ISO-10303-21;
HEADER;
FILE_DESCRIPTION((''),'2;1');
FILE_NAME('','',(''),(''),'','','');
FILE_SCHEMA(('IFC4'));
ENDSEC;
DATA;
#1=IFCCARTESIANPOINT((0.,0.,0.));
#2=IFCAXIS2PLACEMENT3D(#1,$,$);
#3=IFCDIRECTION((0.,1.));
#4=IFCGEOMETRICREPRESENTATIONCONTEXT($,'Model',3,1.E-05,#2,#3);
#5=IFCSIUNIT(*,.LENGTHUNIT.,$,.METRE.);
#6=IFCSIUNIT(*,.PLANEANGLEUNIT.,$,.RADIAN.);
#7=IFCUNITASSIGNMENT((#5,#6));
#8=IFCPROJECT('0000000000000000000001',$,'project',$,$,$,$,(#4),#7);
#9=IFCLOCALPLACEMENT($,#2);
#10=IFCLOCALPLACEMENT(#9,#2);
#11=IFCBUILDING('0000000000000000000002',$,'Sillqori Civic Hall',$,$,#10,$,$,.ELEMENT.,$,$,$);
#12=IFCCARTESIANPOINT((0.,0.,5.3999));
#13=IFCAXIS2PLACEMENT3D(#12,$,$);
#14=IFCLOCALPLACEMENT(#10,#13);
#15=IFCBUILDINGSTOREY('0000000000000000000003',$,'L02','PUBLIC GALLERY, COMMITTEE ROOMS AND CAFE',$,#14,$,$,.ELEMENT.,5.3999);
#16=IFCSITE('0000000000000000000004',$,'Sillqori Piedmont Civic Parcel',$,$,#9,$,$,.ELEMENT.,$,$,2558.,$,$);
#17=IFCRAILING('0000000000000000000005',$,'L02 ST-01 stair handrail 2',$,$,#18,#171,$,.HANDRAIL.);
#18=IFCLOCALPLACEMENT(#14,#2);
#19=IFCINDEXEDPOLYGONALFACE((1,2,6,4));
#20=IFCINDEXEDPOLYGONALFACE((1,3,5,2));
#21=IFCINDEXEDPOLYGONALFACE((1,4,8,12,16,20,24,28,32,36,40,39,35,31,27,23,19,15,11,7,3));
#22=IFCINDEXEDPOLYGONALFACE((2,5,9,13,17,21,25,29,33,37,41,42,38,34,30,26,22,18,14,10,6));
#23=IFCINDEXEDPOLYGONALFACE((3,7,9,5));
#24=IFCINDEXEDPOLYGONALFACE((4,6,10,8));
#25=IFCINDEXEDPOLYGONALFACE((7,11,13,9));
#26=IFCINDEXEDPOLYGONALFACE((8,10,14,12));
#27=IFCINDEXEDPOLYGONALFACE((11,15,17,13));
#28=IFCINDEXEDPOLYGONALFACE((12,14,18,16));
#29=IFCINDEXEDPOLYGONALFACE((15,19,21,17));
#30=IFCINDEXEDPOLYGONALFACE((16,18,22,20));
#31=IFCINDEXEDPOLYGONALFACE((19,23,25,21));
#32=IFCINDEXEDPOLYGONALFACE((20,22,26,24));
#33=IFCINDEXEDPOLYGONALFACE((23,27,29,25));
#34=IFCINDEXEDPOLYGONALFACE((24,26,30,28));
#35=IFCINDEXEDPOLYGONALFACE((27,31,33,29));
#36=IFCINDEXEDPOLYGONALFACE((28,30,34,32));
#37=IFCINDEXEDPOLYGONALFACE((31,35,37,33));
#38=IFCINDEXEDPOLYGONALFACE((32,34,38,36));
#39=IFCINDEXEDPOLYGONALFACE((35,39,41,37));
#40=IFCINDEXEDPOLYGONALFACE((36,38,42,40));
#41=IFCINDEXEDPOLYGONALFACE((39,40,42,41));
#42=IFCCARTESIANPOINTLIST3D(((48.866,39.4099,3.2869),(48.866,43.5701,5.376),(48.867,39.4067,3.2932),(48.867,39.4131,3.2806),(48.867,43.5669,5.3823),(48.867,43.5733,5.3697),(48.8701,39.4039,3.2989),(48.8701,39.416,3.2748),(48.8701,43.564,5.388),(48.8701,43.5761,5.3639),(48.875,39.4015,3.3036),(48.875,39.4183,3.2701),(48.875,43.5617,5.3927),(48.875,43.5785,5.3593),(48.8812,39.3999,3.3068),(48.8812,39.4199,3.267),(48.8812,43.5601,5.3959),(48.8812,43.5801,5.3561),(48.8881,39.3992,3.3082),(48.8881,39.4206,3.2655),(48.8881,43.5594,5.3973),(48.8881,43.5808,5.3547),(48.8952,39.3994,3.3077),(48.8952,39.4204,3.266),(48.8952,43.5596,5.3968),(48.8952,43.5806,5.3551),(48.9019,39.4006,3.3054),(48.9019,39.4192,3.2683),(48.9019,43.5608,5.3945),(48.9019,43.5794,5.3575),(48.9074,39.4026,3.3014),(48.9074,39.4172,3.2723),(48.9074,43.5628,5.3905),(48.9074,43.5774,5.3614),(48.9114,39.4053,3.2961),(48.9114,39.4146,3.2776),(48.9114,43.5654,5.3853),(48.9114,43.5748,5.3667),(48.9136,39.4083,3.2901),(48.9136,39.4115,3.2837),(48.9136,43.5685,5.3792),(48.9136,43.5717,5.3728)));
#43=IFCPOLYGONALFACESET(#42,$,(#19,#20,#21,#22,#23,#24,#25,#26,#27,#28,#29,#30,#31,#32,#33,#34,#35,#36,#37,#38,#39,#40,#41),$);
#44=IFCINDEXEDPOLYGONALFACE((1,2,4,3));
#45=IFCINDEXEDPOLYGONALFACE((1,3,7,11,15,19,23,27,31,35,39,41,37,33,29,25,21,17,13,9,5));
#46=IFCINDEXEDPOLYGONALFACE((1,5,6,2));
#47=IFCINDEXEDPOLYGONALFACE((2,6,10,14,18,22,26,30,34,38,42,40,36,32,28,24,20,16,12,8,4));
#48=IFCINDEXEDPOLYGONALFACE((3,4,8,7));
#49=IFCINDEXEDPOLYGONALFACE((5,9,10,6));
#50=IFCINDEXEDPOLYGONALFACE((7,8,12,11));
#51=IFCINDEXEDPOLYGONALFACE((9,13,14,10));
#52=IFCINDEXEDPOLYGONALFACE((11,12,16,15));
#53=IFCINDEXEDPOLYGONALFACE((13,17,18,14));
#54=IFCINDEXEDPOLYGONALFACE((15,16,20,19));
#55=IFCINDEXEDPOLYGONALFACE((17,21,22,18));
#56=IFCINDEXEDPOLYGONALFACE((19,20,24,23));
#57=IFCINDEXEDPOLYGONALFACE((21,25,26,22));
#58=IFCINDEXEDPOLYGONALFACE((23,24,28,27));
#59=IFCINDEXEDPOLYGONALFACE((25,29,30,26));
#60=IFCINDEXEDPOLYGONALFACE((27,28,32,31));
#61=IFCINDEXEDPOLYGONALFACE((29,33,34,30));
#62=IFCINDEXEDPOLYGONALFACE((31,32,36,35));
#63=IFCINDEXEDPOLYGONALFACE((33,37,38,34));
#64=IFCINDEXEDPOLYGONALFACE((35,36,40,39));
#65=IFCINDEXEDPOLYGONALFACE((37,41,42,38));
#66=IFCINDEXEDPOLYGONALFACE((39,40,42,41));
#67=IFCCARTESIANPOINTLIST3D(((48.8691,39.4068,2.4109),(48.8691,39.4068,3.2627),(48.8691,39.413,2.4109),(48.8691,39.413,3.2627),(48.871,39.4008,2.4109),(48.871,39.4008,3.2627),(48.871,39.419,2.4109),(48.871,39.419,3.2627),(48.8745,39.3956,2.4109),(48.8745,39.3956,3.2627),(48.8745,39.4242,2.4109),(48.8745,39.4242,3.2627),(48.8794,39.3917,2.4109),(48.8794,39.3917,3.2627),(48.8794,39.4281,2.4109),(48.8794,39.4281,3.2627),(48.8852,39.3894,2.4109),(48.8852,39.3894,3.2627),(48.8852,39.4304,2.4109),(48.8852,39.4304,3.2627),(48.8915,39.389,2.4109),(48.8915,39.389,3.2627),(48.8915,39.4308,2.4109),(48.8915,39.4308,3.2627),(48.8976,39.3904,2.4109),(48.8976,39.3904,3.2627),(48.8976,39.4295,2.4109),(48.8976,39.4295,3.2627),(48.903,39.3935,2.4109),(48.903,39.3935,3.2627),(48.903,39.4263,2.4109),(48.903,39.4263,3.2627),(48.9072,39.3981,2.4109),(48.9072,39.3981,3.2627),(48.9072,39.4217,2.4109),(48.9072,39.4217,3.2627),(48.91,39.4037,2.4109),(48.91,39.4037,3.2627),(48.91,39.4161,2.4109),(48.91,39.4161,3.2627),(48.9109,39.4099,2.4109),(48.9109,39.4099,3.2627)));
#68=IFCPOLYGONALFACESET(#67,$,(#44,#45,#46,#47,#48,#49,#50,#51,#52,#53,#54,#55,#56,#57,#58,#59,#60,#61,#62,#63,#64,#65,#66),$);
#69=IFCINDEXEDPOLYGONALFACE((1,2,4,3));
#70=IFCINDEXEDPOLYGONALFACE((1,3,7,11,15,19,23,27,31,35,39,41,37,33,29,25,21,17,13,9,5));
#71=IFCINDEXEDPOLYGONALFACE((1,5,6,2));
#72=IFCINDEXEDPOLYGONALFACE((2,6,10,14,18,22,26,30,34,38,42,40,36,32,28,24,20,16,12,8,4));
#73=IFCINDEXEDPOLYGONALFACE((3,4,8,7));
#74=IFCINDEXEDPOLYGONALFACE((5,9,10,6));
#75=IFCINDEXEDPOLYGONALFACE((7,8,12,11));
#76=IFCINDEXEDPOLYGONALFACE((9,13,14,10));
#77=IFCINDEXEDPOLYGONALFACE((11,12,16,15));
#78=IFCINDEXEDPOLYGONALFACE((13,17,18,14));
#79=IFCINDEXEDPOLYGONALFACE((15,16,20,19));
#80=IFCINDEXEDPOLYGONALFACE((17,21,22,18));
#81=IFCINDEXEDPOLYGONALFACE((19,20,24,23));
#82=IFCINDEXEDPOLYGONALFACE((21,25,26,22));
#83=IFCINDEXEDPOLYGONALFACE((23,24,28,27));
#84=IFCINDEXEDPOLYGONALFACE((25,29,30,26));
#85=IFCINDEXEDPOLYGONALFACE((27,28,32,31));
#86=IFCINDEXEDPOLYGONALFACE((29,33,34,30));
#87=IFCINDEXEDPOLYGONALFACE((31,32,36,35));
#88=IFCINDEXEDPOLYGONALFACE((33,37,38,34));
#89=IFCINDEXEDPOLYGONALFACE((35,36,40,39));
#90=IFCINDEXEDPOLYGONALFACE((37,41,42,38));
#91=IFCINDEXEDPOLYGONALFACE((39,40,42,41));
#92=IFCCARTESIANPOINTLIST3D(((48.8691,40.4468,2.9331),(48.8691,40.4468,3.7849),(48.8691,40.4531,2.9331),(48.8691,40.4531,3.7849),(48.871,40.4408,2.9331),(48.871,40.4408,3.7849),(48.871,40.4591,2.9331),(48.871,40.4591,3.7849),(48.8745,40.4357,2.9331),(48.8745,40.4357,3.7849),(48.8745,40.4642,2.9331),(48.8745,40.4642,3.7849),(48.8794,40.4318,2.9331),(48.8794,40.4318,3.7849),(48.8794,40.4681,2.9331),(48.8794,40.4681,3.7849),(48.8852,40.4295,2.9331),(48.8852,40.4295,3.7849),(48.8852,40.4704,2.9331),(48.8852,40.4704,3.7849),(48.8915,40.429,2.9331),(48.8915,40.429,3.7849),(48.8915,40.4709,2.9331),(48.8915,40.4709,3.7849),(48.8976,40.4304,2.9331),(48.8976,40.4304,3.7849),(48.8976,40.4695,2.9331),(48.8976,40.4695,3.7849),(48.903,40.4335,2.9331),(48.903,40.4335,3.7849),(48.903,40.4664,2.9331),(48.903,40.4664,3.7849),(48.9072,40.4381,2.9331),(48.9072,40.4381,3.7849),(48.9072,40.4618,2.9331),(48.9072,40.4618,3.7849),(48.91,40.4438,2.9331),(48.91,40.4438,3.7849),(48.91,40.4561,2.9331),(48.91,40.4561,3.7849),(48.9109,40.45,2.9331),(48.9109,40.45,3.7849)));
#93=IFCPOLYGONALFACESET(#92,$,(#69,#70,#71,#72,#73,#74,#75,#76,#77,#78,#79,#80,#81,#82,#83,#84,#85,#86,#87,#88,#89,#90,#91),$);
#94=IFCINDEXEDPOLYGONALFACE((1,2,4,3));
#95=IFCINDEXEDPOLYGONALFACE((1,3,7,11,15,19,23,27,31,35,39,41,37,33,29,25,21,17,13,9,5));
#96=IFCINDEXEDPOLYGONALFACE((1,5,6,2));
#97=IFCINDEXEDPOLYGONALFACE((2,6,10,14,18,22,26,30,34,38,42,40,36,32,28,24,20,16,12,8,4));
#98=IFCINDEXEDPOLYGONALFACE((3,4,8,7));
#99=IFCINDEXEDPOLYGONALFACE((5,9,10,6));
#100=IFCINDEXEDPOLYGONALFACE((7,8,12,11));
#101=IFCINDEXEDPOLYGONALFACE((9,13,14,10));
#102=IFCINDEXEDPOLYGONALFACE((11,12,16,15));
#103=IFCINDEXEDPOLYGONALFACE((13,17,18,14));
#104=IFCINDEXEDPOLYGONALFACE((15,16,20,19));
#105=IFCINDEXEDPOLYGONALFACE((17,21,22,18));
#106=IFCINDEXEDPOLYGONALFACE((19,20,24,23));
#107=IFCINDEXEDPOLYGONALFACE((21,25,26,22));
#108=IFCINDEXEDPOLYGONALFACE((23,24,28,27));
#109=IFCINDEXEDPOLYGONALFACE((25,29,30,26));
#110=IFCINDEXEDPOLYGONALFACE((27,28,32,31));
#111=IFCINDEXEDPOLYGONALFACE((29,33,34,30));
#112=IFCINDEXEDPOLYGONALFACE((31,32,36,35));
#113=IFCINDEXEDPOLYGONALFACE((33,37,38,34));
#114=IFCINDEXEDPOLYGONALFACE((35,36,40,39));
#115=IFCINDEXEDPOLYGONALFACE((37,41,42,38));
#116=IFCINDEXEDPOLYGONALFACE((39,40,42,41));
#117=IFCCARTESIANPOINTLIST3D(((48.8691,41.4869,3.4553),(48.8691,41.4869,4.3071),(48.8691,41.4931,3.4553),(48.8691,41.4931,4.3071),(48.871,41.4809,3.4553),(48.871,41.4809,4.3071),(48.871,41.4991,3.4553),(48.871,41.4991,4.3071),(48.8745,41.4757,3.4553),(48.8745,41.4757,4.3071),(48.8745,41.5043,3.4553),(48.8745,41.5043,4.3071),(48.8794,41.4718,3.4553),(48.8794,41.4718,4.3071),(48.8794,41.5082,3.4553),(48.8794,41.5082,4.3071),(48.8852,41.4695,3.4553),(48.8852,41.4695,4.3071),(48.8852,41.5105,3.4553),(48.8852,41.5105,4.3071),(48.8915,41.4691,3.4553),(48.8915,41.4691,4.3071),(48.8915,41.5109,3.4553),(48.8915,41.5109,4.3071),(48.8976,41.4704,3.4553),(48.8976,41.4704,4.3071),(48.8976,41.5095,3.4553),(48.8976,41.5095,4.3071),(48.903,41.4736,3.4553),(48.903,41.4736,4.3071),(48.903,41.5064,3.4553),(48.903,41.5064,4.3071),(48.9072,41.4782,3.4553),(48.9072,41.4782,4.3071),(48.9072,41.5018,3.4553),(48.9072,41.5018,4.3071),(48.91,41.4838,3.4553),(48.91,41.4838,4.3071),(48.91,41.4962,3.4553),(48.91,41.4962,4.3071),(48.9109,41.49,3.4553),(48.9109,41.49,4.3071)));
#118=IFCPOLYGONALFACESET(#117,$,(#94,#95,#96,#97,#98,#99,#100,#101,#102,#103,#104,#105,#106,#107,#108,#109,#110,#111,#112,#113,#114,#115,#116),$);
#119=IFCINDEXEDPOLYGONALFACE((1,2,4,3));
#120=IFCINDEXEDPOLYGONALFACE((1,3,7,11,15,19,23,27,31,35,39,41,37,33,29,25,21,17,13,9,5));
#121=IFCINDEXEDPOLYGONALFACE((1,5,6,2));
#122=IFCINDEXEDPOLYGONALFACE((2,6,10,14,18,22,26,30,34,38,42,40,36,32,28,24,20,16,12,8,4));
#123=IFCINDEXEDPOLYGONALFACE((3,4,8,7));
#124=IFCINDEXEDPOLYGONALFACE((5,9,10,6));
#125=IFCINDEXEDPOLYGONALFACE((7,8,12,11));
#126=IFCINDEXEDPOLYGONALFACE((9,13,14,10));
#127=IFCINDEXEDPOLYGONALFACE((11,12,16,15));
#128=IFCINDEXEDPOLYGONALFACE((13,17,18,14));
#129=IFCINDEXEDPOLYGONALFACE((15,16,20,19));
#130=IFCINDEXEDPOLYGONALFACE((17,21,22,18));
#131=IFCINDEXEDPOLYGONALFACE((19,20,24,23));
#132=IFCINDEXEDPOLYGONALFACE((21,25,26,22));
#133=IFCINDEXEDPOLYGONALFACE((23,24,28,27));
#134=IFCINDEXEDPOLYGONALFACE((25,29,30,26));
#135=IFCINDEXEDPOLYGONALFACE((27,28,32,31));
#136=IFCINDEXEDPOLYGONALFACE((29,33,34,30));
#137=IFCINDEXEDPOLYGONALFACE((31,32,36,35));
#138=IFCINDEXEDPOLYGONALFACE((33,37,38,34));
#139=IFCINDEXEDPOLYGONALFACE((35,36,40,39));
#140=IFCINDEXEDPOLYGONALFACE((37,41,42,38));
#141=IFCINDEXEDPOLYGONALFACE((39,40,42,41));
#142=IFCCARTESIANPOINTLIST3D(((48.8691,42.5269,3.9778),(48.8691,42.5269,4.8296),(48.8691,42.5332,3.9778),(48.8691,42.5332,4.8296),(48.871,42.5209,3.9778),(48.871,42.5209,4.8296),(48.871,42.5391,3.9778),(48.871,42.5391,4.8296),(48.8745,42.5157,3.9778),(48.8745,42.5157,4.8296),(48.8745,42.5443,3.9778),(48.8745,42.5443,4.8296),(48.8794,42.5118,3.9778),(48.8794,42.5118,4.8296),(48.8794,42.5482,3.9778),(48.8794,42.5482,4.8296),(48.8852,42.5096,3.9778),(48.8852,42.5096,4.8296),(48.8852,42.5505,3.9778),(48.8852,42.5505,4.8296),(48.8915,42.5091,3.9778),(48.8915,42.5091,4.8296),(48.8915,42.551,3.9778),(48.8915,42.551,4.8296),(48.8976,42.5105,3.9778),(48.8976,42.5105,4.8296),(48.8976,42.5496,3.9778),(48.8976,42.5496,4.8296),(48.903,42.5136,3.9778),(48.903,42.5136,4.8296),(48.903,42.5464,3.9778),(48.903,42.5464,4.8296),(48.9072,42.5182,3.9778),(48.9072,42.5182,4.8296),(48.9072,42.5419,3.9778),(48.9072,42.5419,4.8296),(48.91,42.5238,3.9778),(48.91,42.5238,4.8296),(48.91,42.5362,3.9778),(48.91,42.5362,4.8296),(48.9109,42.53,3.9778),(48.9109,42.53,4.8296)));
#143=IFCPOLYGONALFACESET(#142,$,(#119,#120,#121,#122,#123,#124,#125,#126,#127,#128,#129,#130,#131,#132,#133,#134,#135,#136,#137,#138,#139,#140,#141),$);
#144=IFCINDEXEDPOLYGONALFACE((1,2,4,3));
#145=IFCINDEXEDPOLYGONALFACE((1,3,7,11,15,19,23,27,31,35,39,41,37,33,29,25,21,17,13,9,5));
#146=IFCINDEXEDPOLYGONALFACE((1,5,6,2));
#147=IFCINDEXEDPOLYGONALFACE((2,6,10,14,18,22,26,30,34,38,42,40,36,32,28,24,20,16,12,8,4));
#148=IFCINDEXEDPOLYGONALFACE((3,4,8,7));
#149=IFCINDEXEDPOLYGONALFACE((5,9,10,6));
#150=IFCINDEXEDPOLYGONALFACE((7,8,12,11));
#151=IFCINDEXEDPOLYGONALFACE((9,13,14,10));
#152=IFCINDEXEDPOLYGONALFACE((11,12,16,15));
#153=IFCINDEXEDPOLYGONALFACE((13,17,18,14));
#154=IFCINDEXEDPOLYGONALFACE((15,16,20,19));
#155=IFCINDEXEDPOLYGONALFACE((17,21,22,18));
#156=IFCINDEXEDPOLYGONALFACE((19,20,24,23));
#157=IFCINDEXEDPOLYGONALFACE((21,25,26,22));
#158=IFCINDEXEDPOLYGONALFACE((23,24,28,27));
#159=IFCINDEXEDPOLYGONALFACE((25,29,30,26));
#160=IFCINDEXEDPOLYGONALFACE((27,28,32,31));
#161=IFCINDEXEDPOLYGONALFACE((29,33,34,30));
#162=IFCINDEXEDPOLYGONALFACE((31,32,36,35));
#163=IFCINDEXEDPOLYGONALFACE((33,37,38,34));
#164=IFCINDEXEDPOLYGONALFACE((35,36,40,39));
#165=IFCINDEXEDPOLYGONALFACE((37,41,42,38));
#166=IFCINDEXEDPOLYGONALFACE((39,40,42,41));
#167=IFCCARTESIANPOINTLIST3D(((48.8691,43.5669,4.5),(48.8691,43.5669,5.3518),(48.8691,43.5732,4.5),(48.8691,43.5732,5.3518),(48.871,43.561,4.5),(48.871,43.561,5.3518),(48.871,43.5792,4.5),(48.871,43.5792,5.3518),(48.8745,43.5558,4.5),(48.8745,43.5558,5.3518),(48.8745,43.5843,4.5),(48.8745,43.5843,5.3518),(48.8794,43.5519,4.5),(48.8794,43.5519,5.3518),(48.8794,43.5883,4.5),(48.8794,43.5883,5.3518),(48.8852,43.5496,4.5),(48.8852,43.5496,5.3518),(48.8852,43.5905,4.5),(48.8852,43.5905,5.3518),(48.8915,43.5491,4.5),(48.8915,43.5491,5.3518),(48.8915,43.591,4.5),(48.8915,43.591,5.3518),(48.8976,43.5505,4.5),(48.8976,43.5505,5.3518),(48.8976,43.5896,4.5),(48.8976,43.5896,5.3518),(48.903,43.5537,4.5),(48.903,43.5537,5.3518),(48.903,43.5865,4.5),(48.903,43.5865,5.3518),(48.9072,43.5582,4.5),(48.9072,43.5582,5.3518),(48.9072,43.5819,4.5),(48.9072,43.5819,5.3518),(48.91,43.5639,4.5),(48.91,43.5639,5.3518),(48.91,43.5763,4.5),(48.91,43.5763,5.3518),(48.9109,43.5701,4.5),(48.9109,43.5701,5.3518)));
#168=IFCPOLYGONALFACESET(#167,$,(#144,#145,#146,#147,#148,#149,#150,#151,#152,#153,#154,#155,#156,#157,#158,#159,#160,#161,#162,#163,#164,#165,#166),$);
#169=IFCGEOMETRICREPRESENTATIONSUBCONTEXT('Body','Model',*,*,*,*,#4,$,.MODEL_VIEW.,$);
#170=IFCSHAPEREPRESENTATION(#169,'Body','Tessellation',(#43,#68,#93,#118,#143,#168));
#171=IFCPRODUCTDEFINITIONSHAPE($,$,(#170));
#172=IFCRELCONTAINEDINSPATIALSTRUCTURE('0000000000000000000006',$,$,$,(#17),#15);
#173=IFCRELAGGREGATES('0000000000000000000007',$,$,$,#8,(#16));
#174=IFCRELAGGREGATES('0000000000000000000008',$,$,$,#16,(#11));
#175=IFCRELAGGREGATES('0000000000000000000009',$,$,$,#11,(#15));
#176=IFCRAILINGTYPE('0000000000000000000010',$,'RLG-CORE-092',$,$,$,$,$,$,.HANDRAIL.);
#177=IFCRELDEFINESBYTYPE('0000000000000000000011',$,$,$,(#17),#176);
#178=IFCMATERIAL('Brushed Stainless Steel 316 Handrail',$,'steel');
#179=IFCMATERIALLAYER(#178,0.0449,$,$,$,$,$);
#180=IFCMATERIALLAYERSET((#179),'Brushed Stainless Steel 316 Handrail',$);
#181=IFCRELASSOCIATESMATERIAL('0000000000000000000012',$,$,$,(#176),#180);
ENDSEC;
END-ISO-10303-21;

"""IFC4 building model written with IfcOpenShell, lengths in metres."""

from ifc_helpers import new_model, si_unit, direction, frame, origin, origin_2d, place, context, subcontext, project, spatial, circle, extrude, material, layer, layer_set, type_object, element, save


model = new_model("IFC4")

# Units and contexts
model_context = context("Model", 3, precision=1e-05, world=origin(), true_north=direction((0.0, 1.0)))
body_context = subcontext(model_context, "Body", "Model", "MODEL_VIEW")
ifc_project = project(units=[si_unit("LENGTHUNIT", "METRE"), si_unit("PLANEANGLEUNIT", "RADIAN")], contexts=[model_context])

# Site, building, storey
site_placement = place(None, origin())
site = spatial("IfcSite", under=ifc_project, at=site_placement, Name="Sillqori Piedmont Civic Parcel", CompositionType="ELEMENT", RefElevation=2558.0)
building_placement = place(site_placement, origin())
building = spatial("IfcBuilding", under=site, at=building_placement, Name="Sillqori Civic Hall", CompositionType="ELEMENT")
storey_placement = place(building_placement, frame((0.0, 0.0, 5.3999)))
storey = spatial("IfcBuildingStorey", under=building, at=storey_placement, Name="L02", Description="PUBLIC GALLERY, COMMITTEE ROOMS AND CAFE", CompositionType="ELEMENT", Elevation=5.3999)

# Railing
ifc_material_1 = material(Name="Brushed Stainless Steel 316 Handrail", Category="steel")
ifc_layer_1 = layer(ifc_material_1, 0.0449)
ifc_layer_set_1 = layer_set([ifc_layer_1], Name="Brushed Stainless Steel 316 Handrail")
railing_type_1 = type_object("IfcRailingType", Name="RLG-CORE-092", PredefinedType="HANDRAIL", material=ifc_layer_set_1)
railing_1_placement = place(storey_placement, frame((48.8899, 39.4099, 2.4109)))
element("IfcRailing", 1, at=railing_1_placement, inside=storey, type_object=railing_type_1, Name="L02 ST-01 stair handrail 2", PredefinedType="HANDRAIL", context=body_context, shape_type="SweptSolid", body=[
    extrude(circle(Radius=0.0239, at=origin_2d()), frame((0.0, 0.0, 0.876), z_axis=(0.0, 0.89365, 0.448765), x_axis=(-1.0, 0.0, 0.0)), (0.0, 0.0, 1.0), 4.6553),
    extrude(circle(Radius=0.021, at=origin_2d()), origin(), (0.0, 0.0, 1.0), 0.8518),
    extrude(circle(Radius=0.021, at=origin_2d()), frame((0.0, 1.04, 0.5222)), (0.0, 0.0, 1.0), 0.8518),
    extrude(circle(Radius=0.021, at=origin_2d()), frame((0.0, 2.0801, 1.0444)), (0.0, 0.0, 1.0), 0.8518),
    extrude(circle(Radius=0.021, at=origin_2d()), frame((0.0, 3.1201, 1.5669)), (0.0, 0.0, 1.0), 0.8518),
    extrude(circle(Radius=0.021, at=origin_2d()), frame((0.0, 4.1602, 2.0891)), (0.0, 0.0, 1.0), 0.8518),
])

save(model, "model.ifc")
